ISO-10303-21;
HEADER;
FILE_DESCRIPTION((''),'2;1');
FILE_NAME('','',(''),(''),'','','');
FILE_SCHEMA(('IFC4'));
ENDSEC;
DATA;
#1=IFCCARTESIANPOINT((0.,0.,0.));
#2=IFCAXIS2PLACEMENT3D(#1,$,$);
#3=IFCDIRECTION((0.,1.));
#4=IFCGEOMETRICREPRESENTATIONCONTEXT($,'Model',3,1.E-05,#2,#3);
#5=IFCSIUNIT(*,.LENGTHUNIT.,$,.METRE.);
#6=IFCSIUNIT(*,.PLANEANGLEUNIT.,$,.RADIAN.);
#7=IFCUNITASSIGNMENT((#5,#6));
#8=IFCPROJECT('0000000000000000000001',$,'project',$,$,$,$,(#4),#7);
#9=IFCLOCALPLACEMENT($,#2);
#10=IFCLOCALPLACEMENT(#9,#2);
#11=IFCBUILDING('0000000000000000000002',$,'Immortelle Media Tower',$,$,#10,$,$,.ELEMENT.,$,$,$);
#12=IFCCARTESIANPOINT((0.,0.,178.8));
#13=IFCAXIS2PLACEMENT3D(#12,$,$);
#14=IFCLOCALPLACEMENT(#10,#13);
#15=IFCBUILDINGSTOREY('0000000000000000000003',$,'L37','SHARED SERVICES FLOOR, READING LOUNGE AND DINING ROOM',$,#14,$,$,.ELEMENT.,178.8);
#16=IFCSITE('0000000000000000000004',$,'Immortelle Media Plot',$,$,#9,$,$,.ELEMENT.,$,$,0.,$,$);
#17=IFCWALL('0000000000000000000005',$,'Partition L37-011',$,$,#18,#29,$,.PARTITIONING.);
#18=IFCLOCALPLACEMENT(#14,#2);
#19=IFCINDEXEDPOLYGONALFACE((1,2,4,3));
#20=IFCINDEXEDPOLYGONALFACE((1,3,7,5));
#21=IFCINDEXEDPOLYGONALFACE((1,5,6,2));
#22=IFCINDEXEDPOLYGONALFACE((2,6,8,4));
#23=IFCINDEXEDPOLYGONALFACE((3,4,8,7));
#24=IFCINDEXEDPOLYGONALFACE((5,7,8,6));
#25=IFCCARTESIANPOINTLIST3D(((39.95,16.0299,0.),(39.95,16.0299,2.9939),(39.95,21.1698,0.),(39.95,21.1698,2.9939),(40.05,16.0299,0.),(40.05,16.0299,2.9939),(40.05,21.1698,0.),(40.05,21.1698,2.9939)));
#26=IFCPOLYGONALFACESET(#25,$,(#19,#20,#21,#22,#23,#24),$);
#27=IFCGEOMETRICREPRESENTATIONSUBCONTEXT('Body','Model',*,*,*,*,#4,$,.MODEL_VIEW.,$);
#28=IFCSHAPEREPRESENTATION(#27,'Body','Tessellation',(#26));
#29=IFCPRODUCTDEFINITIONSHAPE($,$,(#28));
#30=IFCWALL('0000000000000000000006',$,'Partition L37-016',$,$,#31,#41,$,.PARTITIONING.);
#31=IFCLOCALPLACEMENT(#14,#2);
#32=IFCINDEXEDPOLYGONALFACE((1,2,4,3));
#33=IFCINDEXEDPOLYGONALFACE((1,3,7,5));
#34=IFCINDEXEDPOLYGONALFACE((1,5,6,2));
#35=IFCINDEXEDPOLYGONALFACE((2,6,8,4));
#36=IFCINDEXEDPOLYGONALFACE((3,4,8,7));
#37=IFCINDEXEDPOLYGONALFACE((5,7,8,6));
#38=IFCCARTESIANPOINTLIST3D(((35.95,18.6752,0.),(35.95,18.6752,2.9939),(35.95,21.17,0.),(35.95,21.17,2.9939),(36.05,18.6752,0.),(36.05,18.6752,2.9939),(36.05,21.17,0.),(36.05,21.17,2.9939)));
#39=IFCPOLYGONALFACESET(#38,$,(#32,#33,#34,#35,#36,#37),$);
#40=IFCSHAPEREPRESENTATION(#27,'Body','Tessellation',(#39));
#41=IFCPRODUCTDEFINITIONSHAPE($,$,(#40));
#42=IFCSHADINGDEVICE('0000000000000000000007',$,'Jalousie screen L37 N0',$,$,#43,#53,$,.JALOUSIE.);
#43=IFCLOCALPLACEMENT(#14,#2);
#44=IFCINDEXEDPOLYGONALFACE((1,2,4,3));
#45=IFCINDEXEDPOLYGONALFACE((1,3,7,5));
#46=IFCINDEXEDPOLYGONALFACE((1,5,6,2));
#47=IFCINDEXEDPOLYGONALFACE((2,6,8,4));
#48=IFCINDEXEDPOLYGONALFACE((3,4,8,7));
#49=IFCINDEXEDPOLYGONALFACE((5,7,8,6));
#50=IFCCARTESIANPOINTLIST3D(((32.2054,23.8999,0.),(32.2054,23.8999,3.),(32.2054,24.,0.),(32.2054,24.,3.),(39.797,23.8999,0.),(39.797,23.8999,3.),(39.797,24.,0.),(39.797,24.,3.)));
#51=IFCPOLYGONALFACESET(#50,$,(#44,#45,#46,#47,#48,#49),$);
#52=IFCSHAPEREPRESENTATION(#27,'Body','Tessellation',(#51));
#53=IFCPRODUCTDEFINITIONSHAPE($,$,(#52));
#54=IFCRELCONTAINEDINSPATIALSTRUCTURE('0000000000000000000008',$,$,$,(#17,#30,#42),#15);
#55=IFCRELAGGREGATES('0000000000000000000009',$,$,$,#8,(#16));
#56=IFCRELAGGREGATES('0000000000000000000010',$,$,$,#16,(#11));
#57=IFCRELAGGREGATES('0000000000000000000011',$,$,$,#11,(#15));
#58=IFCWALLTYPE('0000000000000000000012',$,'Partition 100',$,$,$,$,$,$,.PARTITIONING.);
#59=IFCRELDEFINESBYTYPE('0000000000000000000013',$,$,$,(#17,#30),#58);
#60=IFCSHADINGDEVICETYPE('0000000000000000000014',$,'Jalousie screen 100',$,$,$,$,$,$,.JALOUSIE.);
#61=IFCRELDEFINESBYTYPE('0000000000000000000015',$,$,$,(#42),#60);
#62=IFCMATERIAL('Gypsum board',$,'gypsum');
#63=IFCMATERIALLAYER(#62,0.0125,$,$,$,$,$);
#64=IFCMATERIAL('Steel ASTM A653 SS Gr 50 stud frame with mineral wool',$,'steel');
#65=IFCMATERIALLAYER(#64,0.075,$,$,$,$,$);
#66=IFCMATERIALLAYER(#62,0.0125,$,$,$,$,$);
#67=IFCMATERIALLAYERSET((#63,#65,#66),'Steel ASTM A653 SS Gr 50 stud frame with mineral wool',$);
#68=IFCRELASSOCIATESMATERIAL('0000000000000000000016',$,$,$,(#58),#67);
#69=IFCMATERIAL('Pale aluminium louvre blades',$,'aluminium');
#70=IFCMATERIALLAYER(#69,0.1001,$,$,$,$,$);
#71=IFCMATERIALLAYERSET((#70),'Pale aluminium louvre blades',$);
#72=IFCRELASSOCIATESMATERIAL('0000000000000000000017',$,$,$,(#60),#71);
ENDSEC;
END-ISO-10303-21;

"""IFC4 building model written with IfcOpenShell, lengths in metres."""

from ifc_helpers import new_model, si_unit, direction, frame, frame_2d, origin, origin_2d, place, context, subcontext, project, spatial, rectangle, extrude, material, layer, layer_set, type_object, element, save


model = new_model("IFC4")

# Units and contexts
model_context = context("Model", 3, precision=1e-05, world=origin(), true_north=direction((0.0, 1.0)))
body_context = subcontext(model_context, "Body", "Model", "MODEL_VIEW")
ifc_project = project(units=[si_unit("LENGTHUNIT", "METRE"), si_unit("PLANEANGLEUNIT", "RADIAN")], contexts=[model_context])

# Site, building, storey
site_placement = place(None, origin())
site = spatial("IfcSite", under=ifc_project, at=site_placement, Name="Immortelle Media Plot", CompositionType="ELEMENT", RefElevation=0.0)
building_placement = place(site_placement, origin())
building = spatial("IfcBuilding", under=site, at=building_placement, Name="Immortelle Media Tower", CompositionType="ELEMENT")
storey_placement = place(building_placement, frame((0.0, 0.0, 178.8)))
storey = spatial("IfcBuildingStorey", under=building, at=storey_placement, Name="L37", Description="SHARED SERVICES FLOOR, READING LOUNGE AND DINING ROOM", CompositionType="ELEMENT", Elevation=178.8)

# Shared definitions
ifc_material_1 = material(Name="Steel ASTM A653 SS Gr 50 stud frame with mineral wool", Category="steel")

# Walls
ifc_material_2 = material(Name="Gypsum board", Category="gypsum")
ifc_layer_1 = layer(ifc_material_2, 0.0125)
ifc_layer_2 = layer(ifc_material_1, 0.075)
ifc_layer_3 = layer(ifc_material_2, 0.0125)
ifc_layer_set_1 = layer_set([ifc_layer_1, ifc_layer_2, ifc_layer_3], Name="Steel ASTM A653 SS Gr 50 stud frame with mineral wool")
wall_type_1 = type_object("IfcWallType", Name="Partition 100", PredefinedType="PARTITIONING", material=ifc_layer_set_1)
wall_1_placement = place(storey_placement, frame((40.0, 16.03, 0.0), z_axis=(0.0, 0.0, 1.0), x_axis=(0.0, 1.0, 0.0)))
element("IfcWall", 1, at=wall_1_placement, inside=storey, type_object=wall_type_1, Name="Partition L37-011", PredefinedType="PARTITIONING", context=body_context, shape_type="SweptSolid", body=[
    extrude(rectangle(XDim=5.1399, YDim=0.1001, at=frame_2d((2.5698, 0.0))), origin(), (0.0, 0.0, 1.0), 2.9939),
])
wall_2_placement = place(storey_placement, frame((36.0, 18.675, 0.0), z_axis=(0.0, 0.0, 1.0), x_axis=(0.0, 1.0, 0.0)))
element("IfcWall", 2, at=wall_2_placement, inside=storey, type_object=wall_type_1, Name="Partition L37-016", PredefinedType="PARTITIONING", context=body_context, shape_type="SweptSolid", body=[
    extrude(rectangle(XDim=2.4949, YDim=0.1001, at=frame_2d((1.2476, 0.0))), origin(), (0.0, 0.0, 1.0), 2.9939),
])

# Shading device
ifc_material_3 = material(Name="Pale aluminium louvre blades", Category="aluminium")
ifc_layer_4 = layer(ifc_material_3, 0.1001)
ifc_layer_set_2 = layer_set([ifc_layer_4], Name="Pale aluminium louvre blades")
shading_device_type = type_object("IfcShadingDeviceType", Name="Jalousie screen 100", PredefinedType="JALOUSIE", material=ifc_layer_set_2)
shading_device_placement = place(storey_placement, frame((36.0012, 23.95, 0.0), z_axis=(0.0, 0.0, 1.0), x_axis=(-1.0, 0.0, 0.0)))
element("IfcShadingDevice", 3, at=shading_device_placement, inside=storey, type_object=shading_device_type, Name="Jalousie screen L37 N0", PredefinedType="JALOUSIE", context=body_context, shape_type="SweptSolid", body=[
    extrude(rectangle(XDim=7.5916, YDim=0.1001, at=origin_2d()), origin(), (0.0, 0.0, 1.0), 3.0),
])

save(model, "model.ifc")
